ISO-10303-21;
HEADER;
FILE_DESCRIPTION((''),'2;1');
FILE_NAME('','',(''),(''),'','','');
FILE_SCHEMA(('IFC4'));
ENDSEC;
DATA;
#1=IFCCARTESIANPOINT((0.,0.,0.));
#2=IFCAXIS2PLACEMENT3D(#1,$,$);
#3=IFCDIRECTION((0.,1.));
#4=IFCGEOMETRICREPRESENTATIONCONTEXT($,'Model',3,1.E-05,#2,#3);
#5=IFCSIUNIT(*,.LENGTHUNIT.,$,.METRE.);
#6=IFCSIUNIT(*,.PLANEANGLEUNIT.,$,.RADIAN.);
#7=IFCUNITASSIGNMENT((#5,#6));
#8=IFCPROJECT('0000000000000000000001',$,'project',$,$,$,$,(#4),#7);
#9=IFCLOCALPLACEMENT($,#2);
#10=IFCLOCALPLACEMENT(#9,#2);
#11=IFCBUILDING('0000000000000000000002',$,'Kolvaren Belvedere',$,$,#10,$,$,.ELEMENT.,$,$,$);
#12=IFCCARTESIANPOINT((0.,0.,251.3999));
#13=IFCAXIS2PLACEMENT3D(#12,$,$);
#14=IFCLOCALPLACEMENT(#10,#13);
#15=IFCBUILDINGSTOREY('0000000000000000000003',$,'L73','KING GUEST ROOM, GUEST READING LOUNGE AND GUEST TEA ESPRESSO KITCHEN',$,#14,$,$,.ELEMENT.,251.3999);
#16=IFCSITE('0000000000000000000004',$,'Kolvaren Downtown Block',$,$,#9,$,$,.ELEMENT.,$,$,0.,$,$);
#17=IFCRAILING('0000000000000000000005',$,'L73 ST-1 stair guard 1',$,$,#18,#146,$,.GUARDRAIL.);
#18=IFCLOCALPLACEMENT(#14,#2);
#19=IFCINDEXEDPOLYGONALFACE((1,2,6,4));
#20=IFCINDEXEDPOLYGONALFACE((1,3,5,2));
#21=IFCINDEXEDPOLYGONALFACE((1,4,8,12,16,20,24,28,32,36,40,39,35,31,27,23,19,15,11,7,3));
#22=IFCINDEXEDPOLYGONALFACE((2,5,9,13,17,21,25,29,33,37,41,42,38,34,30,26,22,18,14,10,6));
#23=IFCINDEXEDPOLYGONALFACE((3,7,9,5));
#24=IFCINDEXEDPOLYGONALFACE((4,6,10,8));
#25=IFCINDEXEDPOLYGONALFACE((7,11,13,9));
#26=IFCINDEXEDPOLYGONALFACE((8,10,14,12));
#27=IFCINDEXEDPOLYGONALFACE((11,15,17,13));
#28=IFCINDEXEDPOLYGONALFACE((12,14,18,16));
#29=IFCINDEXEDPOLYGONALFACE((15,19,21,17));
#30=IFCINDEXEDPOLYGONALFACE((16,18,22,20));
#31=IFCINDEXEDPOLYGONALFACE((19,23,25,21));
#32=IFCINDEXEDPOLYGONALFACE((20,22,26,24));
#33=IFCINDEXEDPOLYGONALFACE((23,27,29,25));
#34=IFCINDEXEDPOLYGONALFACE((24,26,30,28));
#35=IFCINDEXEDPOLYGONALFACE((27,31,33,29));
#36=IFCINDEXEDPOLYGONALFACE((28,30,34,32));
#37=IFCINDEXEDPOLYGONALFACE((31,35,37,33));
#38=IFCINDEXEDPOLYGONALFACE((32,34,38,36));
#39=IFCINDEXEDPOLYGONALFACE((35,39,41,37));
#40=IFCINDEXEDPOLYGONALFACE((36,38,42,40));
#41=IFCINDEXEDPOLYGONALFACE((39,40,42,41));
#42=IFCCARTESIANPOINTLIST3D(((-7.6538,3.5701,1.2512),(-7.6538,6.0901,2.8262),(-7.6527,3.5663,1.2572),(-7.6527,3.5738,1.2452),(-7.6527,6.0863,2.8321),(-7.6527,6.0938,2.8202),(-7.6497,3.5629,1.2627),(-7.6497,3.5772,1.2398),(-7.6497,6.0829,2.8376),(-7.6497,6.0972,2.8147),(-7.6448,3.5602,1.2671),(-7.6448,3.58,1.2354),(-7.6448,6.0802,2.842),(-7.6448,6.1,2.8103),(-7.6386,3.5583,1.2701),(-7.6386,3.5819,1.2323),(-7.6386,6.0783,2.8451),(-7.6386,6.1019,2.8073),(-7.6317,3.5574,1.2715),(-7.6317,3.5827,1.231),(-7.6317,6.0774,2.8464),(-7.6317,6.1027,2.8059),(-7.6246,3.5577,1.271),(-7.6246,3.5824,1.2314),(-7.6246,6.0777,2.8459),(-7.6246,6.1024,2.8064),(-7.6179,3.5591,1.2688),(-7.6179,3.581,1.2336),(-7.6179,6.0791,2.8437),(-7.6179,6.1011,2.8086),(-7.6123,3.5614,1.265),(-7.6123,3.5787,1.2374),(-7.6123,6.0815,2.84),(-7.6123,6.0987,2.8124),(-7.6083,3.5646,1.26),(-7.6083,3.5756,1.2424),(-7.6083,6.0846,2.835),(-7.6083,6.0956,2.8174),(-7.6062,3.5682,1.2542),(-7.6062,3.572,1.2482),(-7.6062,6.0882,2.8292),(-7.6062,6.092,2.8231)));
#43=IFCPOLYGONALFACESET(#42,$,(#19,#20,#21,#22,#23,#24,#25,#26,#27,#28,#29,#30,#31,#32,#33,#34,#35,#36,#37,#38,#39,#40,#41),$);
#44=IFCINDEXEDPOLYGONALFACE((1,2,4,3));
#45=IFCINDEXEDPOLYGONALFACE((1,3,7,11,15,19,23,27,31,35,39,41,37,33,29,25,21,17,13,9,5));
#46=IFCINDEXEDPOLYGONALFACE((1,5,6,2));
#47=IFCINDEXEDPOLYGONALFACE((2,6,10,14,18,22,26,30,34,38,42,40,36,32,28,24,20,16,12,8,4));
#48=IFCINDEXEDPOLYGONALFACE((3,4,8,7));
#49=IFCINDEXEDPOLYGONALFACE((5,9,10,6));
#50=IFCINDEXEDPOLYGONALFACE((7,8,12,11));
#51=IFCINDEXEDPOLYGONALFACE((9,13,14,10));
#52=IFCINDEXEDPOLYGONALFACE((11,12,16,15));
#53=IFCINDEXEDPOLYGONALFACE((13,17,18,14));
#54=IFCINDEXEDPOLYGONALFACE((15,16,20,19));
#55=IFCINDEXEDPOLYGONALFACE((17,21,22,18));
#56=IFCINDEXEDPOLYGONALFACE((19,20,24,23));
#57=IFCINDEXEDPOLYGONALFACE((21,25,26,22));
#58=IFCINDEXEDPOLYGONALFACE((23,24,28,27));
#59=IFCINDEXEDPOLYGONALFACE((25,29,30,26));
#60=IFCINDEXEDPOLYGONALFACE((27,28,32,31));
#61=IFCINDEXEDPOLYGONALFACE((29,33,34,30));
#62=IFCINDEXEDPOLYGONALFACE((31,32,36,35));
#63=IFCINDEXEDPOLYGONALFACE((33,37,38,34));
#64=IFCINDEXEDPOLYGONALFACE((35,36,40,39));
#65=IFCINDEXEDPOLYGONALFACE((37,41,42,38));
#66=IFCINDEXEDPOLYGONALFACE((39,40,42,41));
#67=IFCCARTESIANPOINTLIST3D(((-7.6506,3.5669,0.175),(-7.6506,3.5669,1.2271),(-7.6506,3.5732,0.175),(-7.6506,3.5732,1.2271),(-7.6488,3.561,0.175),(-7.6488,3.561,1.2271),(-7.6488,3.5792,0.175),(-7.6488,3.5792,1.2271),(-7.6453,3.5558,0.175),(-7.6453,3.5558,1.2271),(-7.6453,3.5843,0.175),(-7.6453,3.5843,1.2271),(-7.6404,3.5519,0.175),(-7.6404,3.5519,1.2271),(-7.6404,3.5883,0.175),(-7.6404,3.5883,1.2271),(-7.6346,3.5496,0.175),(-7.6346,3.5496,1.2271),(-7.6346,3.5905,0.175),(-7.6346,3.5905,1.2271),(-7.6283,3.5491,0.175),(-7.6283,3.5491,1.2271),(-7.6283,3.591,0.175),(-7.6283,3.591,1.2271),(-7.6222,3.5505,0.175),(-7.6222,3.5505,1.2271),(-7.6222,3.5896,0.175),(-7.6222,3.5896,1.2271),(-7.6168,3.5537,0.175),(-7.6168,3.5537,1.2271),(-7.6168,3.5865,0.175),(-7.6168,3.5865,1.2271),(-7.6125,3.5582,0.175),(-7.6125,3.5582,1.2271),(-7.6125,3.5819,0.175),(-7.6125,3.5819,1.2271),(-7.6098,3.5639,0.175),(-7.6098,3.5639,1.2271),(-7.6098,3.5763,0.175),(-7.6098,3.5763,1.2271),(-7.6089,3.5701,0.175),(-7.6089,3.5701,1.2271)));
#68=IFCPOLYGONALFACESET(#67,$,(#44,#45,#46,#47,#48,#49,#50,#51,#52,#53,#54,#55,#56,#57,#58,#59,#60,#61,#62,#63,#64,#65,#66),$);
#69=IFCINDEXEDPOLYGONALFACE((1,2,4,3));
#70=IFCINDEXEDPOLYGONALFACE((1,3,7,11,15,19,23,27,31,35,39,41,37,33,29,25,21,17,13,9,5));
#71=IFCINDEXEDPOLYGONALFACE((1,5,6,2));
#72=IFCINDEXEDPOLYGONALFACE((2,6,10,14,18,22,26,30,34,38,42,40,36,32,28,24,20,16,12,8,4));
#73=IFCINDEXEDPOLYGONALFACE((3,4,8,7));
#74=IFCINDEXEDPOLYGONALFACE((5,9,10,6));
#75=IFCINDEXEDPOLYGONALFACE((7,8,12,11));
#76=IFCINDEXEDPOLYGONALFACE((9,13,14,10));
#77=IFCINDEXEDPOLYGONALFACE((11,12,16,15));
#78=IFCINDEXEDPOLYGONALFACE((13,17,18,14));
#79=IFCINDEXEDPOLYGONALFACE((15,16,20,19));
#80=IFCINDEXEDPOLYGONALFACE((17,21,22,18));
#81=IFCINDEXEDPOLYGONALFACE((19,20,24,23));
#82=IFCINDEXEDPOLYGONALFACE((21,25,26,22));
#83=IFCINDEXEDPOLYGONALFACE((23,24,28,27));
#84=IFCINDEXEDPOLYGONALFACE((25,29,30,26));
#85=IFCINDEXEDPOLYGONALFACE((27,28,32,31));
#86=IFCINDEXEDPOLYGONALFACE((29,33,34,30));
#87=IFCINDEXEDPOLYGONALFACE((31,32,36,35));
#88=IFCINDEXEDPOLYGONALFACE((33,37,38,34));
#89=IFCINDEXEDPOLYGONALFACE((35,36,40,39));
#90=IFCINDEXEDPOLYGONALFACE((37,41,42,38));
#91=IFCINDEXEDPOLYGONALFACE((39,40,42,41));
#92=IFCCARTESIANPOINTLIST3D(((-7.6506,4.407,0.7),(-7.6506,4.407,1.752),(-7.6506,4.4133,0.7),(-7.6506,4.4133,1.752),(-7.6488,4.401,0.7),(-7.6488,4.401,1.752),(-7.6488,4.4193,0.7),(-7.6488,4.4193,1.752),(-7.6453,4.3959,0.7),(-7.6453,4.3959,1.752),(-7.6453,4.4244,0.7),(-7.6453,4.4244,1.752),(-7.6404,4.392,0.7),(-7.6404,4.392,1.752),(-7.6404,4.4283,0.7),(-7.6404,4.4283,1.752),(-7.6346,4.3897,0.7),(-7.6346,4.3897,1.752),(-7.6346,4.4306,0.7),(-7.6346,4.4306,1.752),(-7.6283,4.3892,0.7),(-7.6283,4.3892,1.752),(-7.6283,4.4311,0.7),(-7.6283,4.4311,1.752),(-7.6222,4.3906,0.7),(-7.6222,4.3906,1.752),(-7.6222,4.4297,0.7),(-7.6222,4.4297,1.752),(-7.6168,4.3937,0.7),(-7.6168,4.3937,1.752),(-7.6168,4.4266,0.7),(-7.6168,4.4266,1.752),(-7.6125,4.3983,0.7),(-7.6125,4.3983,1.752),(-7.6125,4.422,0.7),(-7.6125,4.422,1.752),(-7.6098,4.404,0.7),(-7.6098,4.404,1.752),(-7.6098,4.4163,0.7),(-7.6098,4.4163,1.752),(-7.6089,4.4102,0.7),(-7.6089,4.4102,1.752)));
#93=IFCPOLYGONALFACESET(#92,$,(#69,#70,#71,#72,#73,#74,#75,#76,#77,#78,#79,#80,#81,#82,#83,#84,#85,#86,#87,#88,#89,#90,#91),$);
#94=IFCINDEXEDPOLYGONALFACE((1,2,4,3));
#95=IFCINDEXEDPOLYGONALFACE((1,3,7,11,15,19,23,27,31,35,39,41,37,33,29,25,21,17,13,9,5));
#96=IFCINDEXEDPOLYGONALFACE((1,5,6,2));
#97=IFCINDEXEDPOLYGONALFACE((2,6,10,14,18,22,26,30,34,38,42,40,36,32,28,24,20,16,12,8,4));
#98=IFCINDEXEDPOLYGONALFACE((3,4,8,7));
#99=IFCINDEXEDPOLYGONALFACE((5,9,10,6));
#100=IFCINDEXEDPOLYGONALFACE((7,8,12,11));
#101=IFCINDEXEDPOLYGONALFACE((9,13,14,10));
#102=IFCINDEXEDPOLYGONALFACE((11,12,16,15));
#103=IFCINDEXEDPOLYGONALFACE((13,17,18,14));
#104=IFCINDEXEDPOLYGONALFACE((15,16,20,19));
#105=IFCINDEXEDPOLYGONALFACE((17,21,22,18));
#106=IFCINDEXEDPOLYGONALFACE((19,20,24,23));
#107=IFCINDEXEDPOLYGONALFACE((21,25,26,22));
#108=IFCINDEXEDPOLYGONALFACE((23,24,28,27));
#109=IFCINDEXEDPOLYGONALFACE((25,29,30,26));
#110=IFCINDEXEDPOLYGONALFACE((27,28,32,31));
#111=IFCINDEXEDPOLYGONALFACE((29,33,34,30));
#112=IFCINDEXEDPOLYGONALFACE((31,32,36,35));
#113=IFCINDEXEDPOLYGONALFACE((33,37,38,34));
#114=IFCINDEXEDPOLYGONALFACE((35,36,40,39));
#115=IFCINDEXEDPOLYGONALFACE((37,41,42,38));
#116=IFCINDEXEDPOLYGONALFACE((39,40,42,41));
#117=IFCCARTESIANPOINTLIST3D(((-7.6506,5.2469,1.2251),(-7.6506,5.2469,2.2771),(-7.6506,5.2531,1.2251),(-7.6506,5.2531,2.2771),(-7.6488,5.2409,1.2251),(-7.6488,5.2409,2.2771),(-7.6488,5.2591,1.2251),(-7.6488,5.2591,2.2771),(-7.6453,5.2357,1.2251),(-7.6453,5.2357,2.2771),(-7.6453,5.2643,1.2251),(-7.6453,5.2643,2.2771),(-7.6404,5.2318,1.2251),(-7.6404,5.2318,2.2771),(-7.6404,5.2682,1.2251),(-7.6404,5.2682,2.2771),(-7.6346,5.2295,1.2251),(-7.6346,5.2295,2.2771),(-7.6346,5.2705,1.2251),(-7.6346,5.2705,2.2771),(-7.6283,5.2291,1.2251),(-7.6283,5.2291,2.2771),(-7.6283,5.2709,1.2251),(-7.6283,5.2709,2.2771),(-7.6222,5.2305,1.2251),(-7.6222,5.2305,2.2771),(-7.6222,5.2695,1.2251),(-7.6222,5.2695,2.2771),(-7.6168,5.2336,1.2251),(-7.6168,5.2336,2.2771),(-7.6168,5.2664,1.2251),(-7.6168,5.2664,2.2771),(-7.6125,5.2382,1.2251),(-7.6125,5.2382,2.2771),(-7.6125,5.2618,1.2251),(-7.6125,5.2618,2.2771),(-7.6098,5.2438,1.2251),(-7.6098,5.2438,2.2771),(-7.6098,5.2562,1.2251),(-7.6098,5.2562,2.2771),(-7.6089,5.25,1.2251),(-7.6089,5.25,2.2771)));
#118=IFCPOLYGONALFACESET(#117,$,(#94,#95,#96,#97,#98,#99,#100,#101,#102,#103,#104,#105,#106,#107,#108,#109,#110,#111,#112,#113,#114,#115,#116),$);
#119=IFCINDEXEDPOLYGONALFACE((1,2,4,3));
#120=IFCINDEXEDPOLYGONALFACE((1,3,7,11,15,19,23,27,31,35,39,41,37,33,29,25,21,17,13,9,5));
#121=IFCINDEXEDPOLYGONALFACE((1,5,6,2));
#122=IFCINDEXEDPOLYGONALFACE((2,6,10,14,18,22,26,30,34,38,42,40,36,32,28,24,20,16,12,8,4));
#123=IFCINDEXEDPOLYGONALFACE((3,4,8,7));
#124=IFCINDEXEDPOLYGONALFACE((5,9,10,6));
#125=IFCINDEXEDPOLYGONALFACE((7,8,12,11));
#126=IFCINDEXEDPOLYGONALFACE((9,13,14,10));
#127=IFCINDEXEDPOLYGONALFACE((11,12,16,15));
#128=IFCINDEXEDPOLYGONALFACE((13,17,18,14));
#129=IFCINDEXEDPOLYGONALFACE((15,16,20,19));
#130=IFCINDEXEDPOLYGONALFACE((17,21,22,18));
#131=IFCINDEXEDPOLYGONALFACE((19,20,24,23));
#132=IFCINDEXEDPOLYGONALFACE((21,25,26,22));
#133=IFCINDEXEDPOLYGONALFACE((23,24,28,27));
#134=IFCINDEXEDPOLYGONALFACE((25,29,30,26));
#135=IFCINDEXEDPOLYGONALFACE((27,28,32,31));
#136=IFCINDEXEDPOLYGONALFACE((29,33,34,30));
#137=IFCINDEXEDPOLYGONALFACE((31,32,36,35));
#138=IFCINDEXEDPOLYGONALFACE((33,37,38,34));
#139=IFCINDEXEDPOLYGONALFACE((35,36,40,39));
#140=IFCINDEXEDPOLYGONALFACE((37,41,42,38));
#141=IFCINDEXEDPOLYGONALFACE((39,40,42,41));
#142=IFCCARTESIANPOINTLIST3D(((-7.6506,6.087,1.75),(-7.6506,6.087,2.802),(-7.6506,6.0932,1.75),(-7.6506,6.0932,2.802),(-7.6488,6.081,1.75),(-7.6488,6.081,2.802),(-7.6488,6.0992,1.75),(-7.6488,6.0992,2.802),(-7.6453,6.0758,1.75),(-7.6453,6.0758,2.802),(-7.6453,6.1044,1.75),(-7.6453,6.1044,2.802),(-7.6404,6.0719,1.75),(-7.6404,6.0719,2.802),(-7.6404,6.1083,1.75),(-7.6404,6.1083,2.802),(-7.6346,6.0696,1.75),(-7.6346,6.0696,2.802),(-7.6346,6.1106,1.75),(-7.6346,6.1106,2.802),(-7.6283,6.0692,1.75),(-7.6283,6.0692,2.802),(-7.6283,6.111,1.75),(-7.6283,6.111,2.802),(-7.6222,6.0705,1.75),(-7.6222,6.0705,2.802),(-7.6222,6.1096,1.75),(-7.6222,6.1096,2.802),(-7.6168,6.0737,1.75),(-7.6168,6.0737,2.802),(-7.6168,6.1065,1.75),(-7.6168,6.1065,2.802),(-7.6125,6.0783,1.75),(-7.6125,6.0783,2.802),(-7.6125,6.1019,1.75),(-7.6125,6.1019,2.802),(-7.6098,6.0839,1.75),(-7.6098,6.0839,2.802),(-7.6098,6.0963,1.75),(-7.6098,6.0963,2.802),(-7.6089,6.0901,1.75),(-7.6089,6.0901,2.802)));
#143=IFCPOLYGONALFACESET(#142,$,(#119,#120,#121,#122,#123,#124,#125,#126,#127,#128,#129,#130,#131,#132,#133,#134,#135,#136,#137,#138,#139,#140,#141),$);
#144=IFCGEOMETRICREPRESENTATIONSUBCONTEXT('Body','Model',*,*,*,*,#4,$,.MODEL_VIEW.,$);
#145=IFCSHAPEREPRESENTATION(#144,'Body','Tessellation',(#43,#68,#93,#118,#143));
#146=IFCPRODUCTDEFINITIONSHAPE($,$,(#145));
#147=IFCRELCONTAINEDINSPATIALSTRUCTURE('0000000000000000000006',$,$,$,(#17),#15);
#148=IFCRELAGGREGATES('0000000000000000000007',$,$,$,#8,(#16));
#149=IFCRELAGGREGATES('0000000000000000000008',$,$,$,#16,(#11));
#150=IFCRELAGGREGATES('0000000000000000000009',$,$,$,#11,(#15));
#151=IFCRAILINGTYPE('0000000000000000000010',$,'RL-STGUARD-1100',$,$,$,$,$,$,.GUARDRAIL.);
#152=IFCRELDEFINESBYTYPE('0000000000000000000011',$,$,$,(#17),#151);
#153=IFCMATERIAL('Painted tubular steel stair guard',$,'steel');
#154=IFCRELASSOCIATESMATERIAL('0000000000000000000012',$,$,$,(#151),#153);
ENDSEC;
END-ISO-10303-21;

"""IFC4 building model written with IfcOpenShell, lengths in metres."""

from ifc_helpers import new_model, si_unit, direction, frame, origin, origin_2d, place, context, subcontext, project, spatial, circle, extrude, material, type_object, element, save


model = new_model("IFC4")

# Units and contexts
model_context = context("Model", 3, precision=1e-05, world=origin(), true_north=direction((0.0, 1.0)))
body_context = subcontext(model_context, "Body", "Model", "MODEL_VIEW")
ifc_project = project(units=[si_unit("LENGTHUNIT", "METRE"), si_unit("PLANEANGLEUNIT", "RADIAN")], contexts=[model_context])

# Site, building, storey
site_placement = place(None, origin())
site = spatial("IfcSite", under=ifc_project, at=site_placement, Name="Kolvaren Downtown Block", CompositionType="ELEMENT", RefElevation=0.0)
building_placement = place(site_placement, origin())
building = spatial("IfcBuilding", under=site, at=building_placement, Name="Kolvaren Belvedere", CompositionType="ELEMENT")
storey_placement = place(building_placement, frame((0.0, 0.0, 251.3999)))
storey = spatial("IfcBuildingStorey", under=building, at=storey_placement, Name="L73", Description="KING GUEST ROOM, GUEST READING LOUNGE AND GUEST TEA ESPRESSO KITCHEN", CompositionType="ELEMENT", Elevation=251.3999)

# Railing
ifc_material_1 = material(Name="Painted tubular steel stair guard", Category="steel")
railing_type_1 = type_object("IfcRailingType", Name="RL-STGUARD-1100", PredefinedType="GUARDRAIL", material=ifc_material_1)
railing_1_placement = place(storey_placement, frame((-7.6299, 3.5701, 0.175)))
element("IfcRailing", 1, at=railing_1_placement, inside=storey, type_object=railing_type_1, Name="L73 ST-1 stair guard 1", PredefinedType="GUARDRAIL", context=body_context, shape_type="SweptSolid", body=[
    extrude(circle(Radius=0.0239, at=origin_2d()), frame((0.0, 0.0, 1.0762), z_axis=(0.0, 0.848008, 0.529984), x_axis=(-1.0, 0.0, 0.0)), (0.0, 0.0, 1.0), 2.9717),
    extrude(circle(Radius=0.021, at=origin_2d()), origin(), (0.0, 0.0, 1.0), 1.052),
    extrude(circle(Radius=0.021, at=origin_2d()), frame((0.0, 0.8401, 0.5249)), (0.0, 0.0, 1.0), 1.052),
    extrude(circle(Radius=0.021, at=origin_2d()), frame((0.0, 1.6799, 1.05)), (0.0, 0.0, 1.0), 1.052),
    extrude(circle(Radius=0.021, at=origin_2d()), frame((0.0, 2.52, 1.575)), (0.0, 0.0, 1.0), 1.052),
])

save(model, "model.ifc")
